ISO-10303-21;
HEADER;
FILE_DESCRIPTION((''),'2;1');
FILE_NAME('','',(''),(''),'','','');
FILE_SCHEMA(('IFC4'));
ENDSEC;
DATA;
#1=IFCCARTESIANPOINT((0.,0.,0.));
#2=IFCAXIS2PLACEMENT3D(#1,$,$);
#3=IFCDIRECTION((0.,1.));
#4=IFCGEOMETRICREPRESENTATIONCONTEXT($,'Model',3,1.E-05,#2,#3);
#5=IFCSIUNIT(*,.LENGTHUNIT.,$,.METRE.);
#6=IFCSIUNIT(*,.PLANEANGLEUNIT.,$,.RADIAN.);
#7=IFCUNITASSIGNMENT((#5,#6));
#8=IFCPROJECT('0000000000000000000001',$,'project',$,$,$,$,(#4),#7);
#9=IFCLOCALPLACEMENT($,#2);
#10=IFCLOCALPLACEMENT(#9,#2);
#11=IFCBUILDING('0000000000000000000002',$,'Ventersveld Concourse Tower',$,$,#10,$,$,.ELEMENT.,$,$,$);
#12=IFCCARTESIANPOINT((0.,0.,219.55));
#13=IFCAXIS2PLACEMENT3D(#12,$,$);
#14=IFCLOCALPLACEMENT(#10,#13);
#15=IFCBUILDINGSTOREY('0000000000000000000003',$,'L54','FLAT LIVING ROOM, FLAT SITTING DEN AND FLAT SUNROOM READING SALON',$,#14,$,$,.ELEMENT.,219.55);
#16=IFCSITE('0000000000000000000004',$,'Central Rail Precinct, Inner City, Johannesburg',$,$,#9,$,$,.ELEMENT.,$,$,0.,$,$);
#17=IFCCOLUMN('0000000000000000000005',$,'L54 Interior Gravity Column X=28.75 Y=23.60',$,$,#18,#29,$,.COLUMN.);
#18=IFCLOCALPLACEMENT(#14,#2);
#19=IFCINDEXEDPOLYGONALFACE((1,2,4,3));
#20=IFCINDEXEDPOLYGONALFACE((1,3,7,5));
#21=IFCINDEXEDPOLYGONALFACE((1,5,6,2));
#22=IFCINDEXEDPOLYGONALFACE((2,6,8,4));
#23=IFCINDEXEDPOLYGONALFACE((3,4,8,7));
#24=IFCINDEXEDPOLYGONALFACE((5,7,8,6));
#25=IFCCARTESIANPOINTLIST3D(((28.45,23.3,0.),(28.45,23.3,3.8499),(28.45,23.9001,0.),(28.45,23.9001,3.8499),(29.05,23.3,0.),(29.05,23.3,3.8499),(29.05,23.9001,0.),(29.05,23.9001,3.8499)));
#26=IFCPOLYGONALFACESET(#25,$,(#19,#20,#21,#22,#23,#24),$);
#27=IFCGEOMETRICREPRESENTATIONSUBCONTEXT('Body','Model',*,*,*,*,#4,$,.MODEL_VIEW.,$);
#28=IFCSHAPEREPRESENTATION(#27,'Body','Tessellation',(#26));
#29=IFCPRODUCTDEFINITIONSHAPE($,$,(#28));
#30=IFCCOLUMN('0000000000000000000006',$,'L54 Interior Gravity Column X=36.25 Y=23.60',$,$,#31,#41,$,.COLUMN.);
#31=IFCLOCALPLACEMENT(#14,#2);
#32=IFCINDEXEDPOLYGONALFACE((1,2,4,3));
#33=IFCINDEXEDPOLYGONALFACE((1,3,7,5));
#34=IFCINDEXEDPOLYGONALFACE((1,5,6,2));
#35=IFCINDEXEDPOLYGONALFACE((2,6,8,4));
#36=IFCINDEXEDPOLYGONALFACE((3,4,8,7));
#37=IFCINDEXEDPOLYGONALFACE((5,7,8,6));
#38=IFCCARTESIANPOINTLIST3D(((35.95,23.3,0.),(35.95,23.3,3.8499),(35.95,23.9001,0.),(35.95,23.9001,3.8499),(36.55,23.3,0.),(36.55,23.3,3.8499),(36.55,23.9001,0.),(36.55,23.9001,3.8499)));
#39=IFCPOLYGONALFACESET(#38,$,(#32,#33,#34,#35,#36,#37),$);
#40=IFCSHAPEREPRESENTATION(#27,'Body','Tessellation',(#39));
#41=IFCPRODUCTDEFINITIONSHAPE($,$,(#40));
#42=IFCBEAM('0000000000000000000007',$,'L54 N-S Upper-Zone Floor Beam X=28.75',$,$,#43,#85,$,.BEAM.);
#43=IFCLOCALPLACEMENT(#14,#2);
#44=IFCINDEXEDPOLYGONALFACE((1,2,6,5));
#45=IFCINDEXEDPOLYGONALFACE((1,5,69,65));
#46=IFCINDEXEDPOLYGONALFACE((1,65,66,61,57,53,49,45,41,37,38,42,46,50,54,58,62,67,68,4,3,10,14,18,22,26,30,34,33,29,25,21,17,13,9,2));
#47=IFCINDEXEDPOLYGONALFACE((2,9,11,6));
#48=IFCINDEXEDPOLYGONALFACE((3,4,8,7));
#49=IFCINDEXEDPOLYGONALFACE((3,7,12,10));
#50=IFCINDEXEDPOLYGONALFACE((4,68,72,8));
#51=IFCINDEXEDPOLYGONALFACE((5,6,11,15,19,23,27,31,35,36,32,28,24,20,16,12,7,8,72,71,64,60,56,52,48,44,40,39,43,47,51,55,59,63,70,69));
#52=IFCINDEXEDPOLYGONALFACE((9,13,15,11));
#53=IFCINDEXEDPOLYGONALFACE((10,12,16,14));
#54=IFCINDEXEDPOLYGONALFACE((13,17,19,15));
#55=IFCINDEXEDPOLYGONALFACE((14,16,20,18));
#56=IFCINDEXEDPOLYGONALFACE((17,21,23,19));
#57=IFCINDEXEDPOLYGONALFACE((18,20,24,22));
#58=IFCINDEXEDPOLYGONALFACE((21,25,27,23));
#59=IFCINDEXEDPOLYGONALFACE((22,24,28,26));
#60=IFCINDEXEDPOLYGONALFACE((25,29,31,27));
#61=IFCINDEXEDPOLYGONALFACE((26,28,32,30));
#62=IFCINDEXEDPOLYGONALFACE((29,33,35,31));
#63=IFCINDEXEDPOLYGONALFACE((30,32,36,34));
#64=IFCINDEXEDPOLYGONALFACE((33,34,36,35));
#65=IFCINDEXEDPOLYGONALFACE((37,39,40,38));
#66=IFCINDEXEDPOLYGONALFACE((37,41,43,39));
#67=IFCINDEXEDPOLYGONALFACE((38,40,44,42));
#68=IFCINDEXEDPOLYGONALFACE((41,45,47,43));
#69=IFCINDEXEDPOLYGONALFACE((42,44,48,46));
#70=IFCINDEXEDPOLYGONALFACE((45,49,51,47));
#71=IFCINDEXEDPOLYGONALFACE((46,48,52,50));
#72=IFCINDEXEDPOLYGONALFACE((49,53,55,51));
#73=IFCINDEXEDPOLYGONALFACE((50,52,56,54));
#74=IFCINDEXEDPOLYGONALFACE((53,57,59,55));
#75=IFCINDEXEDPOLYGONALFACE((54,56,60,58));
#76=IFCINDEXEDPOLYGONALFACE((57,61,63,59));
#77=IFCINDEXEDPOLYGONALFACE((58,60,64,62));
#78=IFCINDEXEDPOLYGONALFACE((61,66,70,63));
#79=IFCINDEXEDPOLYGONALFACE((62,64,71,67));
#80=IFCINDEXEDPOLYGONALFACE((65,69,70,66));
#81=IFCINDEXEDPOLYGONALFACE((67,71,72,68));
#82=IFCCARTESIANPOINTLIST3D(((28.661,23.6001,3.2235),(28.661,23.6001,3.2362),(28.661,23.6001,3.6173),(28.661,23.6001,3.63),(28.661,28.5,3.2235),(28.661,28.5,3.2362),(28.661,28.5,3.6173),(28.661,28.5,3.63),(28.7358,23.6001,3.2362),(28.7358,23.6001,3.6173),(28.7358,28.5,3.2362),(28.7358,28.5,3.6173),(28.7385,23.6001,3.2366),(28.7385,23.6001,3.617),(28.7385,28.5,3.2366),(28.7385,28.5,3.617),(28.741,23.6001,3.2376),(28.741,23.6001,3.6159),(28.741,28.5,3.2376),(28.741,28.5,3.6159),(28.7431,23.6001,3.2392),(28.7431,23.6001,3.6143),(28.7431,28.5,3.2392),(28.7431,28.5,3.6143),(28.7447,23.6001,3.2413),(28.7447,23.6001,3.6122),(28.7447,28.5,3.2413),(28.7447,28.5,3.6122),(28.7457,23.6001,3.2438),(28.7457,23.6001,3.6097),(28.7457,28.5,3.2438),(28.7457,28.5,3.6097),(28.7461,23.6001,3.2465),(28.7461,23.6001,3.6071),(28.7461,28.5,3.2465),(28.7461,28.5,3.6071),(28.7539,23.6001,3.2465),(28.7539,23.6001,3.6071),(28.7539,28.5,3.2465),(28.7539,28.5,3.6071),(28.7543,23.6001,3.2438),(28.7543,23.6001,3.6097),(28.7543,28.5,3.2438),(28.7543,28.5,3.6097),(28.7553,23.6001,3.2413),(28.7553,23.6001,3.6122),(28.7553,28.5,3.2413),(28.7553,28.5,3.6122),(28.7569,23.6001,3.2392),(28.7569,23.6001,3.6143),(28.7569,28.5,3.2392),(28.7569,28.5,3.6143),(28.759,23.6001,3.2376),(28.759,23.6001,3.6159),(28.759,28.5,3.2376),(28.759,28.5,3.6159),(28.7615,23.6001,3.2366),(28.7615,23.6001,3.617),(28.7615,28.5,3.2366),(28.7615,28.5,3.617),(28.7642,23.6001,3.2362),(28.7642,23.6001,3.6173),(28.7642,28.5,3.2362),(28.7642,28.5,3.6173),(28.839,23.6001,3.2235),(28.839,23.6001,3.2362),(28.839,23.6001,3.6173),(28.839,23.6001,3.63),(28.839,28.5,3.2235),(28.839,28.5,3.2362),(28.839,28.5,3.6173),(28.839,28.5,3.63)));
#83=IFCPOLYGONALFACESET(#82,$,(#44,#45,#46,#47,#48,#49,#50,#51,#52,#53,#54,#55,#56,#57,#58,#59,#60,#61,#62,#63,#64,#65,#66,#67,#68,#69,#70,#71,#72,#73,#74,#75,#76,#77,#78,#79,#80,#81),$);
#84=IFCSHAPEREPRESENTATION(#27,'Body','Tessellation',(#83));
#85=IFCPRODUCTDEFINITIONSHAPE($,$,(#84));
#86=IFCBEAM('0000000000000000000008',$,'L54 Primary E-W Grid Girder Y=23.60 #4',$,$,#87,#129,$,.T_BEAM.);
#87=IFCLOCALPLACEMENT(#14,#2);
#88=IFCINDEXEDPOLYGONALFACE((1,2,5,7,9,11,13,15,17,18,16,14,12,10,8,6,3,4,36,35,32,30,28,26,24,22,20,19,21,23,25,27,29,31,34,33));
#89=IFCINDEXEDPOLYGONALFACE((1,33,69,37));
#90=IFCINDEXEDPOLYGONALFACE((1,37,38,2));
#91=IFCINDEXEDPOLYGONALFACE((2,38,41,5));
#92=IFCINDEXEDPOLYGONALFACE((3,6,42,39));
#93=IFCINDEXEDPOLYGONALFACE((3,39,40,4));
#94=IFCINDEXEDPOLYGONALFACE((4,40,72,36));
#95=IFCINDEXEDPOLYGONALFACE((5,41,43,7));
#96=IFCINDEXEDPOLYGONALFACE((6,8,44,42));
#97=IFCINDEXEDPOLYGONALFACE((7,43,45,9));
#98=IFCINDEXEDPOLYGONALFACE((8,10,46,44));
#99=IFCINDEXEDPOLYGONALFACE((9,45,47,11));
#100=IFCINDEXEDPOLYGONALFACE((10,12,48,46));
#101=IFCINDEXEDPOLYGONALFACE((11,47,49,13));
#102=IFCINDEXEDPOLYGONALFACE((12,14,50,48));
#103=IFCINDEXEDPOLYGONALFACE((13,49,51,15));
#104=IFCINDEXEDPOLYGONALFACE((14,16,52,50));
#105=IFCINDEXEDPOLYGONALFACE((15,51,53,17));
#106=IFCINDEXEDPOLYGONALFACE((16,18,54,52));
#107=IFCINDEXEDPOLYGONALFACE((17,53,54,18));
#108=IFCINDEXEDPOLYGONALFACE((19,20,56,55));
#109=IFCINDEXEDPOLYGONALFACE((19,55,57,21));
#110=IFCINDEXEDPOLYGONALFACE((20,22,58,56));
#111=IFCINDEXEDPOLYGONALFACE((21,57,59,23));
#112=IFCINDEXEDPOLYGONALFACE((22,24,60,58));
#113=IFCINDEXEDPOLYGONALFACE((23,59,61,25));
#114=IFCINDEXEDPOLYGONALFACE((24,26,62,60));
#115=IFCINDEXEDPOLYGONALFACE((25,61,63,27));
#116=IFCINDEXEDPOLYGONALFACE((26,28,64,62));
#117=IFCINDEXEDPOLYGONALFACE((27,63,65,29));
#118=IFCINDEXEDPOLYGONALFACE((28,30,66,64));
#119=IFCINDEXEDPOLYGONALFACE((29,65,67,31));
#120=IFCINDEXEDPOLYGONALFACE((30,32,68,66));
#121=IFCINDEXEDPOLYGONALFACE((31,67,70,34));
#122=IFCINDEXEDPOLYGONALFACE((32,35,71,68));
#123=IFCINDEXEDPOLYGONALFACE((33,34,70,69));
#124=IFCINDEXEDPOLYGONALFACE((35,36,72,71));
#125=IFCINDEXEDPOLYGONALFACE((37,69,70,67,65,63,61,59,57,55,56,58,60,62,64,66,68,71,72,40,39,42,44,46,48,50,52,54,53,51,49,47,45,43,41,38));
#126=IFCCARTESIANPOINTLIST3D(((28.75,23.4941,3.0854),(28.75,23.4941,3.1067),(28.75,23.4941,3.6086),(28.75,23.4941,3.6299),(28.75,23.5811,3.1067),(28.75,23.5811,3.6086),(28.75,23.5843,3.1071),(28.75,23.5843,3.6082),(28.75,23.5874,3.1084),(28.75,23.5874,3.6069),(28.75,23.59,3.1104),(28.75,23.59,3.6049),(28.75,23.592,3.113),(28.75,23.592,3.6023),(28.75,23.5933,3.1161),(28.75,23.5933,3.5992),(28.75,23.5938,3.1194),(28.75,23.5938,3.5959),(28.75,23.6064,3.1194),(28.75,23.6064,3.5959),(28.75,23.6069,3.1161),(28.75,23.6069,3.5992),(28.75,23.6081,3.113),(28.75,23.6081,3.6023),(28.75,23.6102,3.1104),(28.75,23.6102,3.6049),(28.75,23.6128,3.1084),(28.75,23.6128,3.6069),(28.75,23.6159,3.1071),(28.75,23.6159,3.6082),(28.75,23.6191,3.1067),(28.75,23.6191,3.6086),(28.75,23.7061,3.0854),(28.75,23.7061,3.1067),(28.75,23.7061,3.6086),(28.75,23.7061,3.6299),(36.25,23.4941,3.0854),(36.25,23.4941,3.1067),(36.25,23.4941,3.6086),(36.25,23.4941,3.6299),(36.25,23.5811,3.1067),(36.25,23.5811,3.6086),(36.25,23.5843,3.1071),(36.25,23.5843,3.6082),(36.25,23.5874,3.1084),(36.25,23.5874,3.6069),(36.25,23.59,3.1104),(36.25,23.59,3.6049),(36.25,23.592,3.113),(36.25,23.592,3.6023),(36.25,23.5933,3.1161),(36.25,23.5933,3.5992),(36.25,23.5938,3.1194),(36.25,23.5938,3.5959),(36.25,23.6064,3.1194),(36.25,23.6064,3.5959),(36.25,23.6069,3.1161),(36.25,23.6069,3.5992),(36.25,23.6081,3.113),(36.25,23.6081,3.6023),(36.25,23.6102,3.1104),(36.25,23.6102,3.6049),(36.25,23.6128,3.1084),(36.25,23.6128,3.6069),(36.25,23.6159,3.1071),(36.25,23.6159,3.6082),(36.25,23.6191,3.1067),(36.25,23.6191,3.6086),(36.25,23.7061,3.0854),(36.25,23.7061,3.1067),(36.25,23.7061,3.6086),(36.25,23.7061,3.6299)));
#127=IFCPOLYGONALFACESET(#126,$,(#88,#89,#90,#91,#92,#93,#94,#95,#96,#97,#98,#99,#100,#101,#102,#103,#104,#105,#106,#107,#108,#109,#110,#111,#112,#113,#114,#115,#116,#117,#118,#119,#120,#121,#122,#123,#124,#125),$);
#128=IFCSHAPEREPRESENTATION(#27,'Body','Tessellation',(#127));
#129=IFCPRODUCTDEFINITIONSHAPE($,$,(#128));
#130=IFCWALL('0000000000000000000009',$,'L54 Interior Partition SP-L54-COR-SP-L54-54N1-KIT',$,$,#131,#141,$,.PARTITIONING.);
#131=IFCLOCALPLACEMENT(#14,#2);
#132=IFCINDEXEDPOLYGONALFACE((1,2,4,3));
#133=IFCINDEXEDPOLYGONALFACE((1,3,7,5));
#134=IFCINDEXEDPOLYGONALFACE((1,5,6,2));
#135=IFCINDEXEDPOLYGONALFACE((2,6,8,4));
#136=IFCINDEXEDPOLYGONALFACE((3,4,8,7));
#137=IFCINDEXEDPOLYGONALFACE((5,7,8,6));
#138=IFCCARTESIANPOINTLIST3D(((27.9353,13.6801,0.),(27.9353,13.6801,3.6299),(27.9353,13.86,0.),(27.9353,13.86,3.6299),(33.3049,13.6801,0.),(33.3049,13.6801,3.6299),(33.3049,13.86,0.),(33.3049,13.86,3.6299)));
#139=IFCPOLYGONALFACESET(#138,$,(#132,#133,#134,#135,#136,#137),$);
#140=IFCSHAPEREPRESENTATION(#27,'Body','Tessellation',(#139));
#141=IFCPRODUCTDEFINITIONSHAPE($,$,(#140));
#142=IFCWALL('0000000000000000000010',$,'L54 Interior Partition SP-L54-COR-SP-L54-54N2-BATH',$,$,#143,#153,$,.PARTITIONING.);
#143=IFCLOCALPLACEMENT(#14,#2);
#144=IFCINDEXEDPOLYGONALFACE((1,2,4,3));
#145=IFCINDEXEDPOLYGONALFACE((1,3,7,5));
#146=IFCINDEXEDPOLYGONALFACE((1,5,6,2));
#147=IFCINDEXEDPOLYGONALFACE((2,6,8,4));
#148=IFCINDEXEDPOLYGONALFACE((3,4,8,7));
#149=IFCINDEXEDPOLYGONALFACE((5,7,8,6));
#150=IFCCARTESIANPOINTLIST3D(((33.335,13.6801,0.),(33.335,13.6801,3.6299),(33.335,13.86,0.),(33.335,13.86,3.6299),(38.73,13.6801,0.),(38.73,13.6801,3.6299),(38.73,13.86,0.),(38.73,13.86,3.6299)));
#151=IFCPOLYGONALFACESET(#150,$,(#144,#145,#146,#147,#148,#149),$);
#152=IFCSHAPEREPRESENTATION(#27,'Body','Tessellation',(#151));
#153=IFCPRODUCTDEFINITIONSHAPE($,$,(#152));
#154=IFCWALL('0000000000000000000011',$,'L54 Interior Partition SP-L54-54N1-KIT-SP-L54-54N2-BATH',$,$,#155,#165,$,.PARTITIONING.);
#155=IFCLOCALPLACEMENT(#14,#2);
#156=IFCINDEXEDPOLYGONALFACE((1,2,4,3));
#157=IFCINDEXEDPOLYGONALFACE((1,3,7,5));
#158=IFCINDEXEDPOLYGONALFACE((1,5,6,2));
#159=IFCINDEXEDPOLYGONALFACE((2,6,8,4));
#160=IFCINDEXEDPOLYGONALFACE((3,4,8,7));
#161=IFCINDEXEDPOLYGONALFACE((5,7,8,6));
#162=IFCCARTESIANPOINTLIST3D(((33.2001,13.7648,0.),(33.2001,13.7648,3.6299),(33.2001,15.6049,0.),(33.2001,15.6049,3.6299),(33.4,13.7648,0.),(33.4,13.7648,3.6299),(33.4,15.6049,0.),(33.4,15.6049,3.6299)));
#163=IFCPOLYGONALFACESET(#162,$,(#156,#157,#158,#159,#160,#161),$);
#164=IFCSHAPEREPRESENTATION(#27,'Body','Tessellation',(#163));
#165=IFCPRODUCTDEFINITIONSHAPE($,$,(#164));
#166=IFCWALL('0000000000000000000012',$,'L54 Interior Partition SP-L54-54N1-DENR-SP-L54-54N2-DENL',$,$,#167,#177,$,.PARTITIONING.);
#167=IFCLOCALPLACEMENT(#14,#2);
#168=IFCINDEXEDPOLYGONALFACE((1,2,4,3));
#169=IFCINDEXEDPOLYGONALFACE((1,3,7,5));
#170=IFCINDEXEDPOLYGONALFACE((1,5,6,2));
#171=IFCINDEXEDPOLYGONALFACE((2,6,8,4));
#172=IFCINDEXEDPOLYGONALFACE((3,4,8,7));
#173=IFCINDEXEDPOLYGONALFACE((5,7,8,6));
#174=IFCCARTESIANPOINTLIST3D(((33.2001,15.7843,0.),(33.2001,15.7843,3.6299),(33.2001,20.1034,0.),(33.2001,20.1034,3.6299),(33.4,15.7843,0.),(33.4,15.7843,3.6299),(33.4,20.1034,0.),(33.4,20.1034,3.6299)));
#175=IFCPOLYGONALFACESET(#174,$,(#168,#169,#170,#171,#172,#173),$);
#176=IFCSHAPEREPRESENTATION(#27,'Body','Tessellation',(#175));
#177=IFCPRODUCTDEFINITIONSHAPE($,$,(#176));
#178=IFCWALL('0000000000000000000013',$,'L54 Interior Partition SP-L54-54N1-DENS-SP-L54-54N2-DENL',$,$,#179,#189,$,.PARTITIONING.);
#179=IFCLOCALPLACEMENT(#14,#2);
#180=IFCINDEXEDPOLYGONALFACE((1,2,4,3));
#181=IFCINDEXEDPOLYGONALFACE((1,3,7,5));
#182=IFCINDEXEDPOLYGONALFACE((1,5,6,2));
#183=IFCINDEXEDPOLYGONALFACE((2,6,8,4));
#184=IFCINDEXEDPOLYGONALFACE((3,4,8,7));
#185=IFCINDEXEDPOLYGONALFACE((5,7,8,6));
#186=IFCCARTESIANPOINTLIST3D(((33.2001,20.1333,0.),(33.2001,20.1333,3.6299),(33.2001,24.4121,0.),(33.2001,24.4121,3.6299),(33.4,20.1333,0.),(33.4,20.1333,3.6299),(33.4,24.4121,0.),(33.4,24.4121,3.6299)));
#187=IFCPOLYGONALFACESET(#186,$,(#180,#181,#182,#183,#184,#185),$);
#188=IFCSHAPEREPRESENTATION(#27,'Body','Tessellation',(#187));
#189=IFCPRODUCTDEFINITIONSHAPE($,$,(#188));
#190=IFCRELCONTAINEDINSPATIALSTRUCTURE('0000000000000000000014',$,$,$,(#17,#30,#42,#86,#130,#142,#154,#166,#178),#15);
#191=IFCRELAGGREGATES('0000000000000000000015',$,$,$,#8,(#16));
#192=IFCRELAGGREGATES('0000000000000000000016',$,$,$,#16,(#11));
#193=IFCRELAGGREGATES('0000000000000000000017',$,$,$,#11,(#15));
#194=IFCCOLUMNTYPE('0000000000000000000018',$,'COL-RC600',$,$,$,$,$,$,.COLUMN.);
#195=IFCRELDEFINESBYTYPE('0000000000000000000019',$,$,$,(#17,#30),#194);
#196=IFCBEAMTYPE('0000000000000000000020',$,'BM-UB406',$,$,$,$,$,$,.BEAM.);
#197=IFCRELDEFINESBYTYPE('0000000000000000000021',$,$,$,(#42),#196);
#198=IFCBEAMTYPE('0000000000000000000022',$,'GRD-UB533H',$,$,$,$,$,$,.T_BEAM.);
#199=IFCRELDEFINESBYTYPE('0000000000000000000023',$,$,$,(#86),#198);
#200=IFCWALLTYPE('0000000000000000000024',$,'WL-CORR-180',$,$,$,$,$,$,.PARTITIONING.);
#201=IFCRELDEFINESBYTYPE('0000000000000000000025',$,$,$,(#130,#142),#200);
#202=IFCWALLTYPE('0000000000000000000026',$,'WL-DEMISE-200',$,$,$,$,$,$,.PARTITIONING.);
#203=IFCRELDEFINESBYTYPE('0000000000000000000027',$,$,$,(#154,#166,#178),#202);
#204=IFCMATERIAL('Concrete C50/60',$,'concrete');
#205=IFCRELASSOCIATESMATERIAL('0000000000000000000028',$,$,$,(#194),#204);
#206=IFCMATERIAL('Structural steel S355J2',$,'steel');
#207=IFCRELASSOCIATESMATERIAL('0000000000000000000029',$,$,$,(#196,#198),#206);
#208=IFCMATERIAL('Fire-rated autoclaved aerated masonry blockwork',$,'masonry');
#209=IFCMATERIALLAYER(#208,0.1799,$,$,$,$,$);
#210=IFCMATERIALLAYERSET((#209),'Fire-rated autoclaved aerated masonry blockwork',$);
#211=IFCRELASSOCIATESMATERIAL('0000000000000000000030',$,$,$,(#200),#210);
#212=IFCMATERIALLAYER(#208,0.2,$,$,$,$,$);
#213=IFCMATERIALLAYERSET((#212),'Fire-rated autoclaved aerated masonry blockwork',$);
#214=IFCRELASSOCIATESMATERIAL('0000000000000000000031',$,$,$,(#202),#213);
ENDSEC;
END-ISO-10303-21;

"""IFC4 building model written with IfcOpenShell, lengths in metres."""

from ifc_helpers import new_model, si_unit, direction, frame, frame_2d, origin, origin_2d, place, context, subcontext, project, spatial, rectangle, i_section, extrude, material, layer, layer_set, material_profile, profile_set, type_object, element, save


model = new_model("IFC4")

# Units and contexts
model_context = context("Model", 3, precision=1e-05, world=origin(), true_north=direction((0.0, 1.0)))
body_context = subcontext(model_context, "Body", "Model", "MODEL_VIEW")
ifc_project = project(units=[si_unit("LENGTHUNIT", "METRE"), si_unit("PLANEANGLEUNIT", "RADIAN")], contexts=[model_context])

# Site, building, storey
site_placement = place(None, origin())
site = spatial("IfcSite", under=ifc_project, at=site_placement, Name="Central Rail Precinct, Inner City, Johannesburg", CompositionType="ELEMENT", RefElevation=0.0)
building_placement = place(site_placement, origin())
building = spatial("IfcBuilding", under=site, at=building_placement, Name="Ventersveld Concourse Tower", CompositionType="ELEMENT")
storey_placement = place(building_placement, frame((0.0, 0.0, 219.55)))
storey = spatial("IfcBuildingStorey", under=building, at=storey_placement, Name="L54", Description="FLAT LIVING ROOM, FLAT SITTING DEN AND FLAT SUNROOM READING SALON", CompositionType="ELEMENT", Elevation=219.55)

# Columns
ifc_material_1 = material(Name="Concrete C50/60", Category="concrete")
ifc_material_profile_1 = material_profile(ifc_material_1, rectangle(XDim=0.6001, YDim=0.6001, at=origin_2d()), Name="RC 600x600")
ifc_profile_set_1 = profile_set([ifc_material_profile_1], Name="Concrete C50/60")
column_type = type_object("IfcColumnType", Name="COL-RC600", PredefinedType="COLUMN", material=ifc_profile_set_1)
for number, where, z_axis, x_axis, name in (
    (1, (28.75, 23.6001, 0.0), (0.0, 0.0, 1.0), (1.0, 0.0, 0.0), "L54 Interior Gravity Column X=28.75 Y=23.60"),
    (2, (36.25, 23.6001, 0.0), (0.0, 0.0, 1.0), (1.0, 0.0, 0.0), "L54 Interior Gravity Column X=36.25 Y=23.60"),
):
    element("IfcColumn", number, at=place(storey_placement, frame(where, z_axis=z_axis, x_axis=x_axis)), inside=storey, type_object=column_type, Name=name, PredefinedType="COLUMN", context=body_context, shape_type="SweptSolid", body=[
        extrude(rectangle(XDim=0.6001, YDim=0.6001, at=origin_2d()), origin(), (0.0, 0.0, 1.0), 3.8499),
    ])

# Beams
ifc_material_2 = material(Name="Structural steel S355J2", Category="steel")
ifc_material_profile_2 = material_profile(ifc_material_2, i_section(OverallWidth=0.178, OverallDepth=0.4065, WebThickness=0.0078, FlangeThickness=0.0127, FilletRadius=0.0103, at=origin_2d()), Name="UB 406x178x60")
ifc_profile_set_2 = profile_set([ifc_material_profile_2], Name="Structural steel S355J2")
beam_type_1 = type_object("IfcBeamType", Name="BM-UB406", PredefinedType="BEAM", material=ifc_profile_set_2)
beam_1_placement = place(storey_placement, frame((28.75, 23.6001, 3.4268), z_axis=(0.0, 1.0, 0.0), x_axis=(-1.0, 0.0, 0.0)))
element("IfcBeam", 3, at=beam_1_placement, inside=storey, type_object=beam_type_1, Name="L54 N-S Upper-Zone Floor Beam X=28.75", PredefinedType="BEAM", context=body_context, shape_type="SweptSolid", body=[
    extrude(i_section(OverallWidth=0.178, OverallDepth=0.4065, WebThickness=0.0078, FlangeThickness=0.0127, FilletRadius=0.0103, at=origin_2d()), origin(), (0.0, 0.0, 1.0), 4.8999),
])
ifc_material_profile_3 = material_profile(ifc_material_2, i_section(OverallWidth=0.2119, OverallDepth=0.5444, WebThickness=0.0127, FlangeThickness=0.0212, FilletRadius=0.0127, at=origin_2d()), Name="UB 533x210x122")
ifc_profile_set_3 = profile_set([ifc_material_profile_3], Name="Structural steel S355J2")
beam_type_2 = type_object("IfcBeamType", Name="GRD-UB533H", PredefinedType="T_BEAM", material=ifc_profile_set_3)
beam_2_placement = place(storey_placement, frame((28.75, 23.6001, 3.3577), z_axis=(1.0, 0.0, 0.0), x_axis=(0.0, 1.0, 0.0)))
element("IfcBeam", 4, at=beam_2_placement, inside=storey, type_object=beam_type_2, Name="L54 Primary E-W Grid Girder Y=23.60 #4", PredefinedType="T_BEAM", context=body_context, shape_type="SweptSolid", body=[
    extrude(i_section(OverallWidth=0.2119, OverallDepth=0.5444, WebThickness=0.0127, FlangeThickness=0.0212, FilletRadius=0.0127, at=origin_2d()), origin(), (0.0, 0.0, 1.0), 7.5),
])

# Walls
ifc_material_3 = material(Name="Fire-rated autoclaved aerated masonry blockwork", Category="masonry")
ifc_layer_1 = layer(ifc_material_3, 0.1799)
ifc_layer_set_1 = layer_set([ifc_layer_1], Name="Fire-rated autoclaved aerated masonry blockwork")
wall_type_1 = type_object("IfcWallType", Name="WL-CORR-180", PredefinedType="PARTITIONING", material=ifc_layer_set_1)
wall_1_placement = place(storey_placement, frame((27.9353, 13.77, 0.0), z_axis=(0.0, 0.0, 1.0), x_axis=(1.0, 0.0, 0.0)))
element("IfcWall", 5, at=wall_1_placement, inside=storey, type_object=wall_type_1, Name="L54 Interior Partition SP-L54-COR-SP-L54-54N1-KIT", PredefinedType="PARTITIONING", context=body_context, shape_type="SweptSolid", body=[
    extrude(rectangle(XDim=5.3696, YDim=0.1799, at=frame_2d((2.6848, 0.0))), origin(), (0.0, 0.0, 1.0), 3.6299),
])
wall_2_placement = place(storey_placement, frame((33.335, 13.77, 0.0), z_axis=(0.0, 0.0, 1.0), x_axis=(1.0, 0.0, 0.0)))
element("IfcWall", 6, at=wall_2_placement, inside=storey, type_object=wall_type_1, Name="L54 Interior Partition SP-L54-COR-SP-L54-54N2-BATH", PredefinedType="PARTITIONING", context=body_context, shape_type="SweptSolid", body=[
    extrude(rectangle(XDim=5.395, YDim=0.1799, at=frame_2d((2.6975, 0.0))), origin(), (0.0, 0.0, 1.0), 3.6299),
])
ifc_layer_2 = layer(ifc_material_3, 0.2)
ifc_layer_set_2 = layer_set([ifc_layer_2], Name="Fire-rated autoclaved aerated masonry blockwork")
wall_type_2 = type_object("IfcWallType", Name="WL-DEMISE-200", PredefinedType="PARTITIONING", material=ifc_layer_set_2)
wall_3_placement = place(storey_placement, frame((33.3, 13.7649, 0.0), z_axis=(0.0, 0.0, 1.0), x_axis=(0.0, 1.0, 0.0)))
element("IfcWall", 7, at=wall_3_placement, inside=storey, type_object=wall_type_2, Name="L54 Interior Partition SP-L54-54N1-KIT-SP-L54-54N2-BATH", PredefinedType="PARTITIONING", context=body_context, shape_type="SweptSolid", body=[
    extrude(rectangle(XDim=1.8401, YDim=0.2, at=frame_2d((0.9199, 0.0))), origin(), (0.0, 0.0, 1.0), 3.6299),
])
wall_4_placement = place(storey_placement, frame((33.3, 15.7842, 0.0), z_axis=(0.0, 0.0, 1.0), x_axis=(0.0, 1.0, 0.0)))
element("IfcWall", 8, at=wall_4_placement, inside=storey, type_object=wall_type_2, Name="L54 Interior Partition SP-L54-54N1-DENR-SP-L54-54N2-DENL", PredefinedType="PARTITIONING", context=body_context, shape_type="SweptSolid", body=[
    extrude(rectangle(XDim=4.3191, YDim=0.2, at=frame_2d((2.1597, 0.0))), origin(), (0.0, 0.0, 1.0), 3.6299),
])
wall_5_placement = place(storey_placement, frame((33.3, 20.1333, 0.0), z_axis=(0.0, 0.0, 1.0), x_axis=(0.0, 1.0, 0.0)))
element("IfcWall", 9, at=wall_5_placement, inside=storey, type_object=wall_type_2, Name="L54 Interior Partition SP-L54-54N1-DENS-SP-L54-54N2-DENL", PredefinedType="PARTITIONING", context=body_context, shape_type="SweptSolid", body=[
    extrude(rectangle(XDim=4.2788, YDim=0.2, at=frame_2d((2.1394, 0.0))), origin(), (0.0, 0.0, 1.0), 3.6299),
])

save(model, "model.ifc")
